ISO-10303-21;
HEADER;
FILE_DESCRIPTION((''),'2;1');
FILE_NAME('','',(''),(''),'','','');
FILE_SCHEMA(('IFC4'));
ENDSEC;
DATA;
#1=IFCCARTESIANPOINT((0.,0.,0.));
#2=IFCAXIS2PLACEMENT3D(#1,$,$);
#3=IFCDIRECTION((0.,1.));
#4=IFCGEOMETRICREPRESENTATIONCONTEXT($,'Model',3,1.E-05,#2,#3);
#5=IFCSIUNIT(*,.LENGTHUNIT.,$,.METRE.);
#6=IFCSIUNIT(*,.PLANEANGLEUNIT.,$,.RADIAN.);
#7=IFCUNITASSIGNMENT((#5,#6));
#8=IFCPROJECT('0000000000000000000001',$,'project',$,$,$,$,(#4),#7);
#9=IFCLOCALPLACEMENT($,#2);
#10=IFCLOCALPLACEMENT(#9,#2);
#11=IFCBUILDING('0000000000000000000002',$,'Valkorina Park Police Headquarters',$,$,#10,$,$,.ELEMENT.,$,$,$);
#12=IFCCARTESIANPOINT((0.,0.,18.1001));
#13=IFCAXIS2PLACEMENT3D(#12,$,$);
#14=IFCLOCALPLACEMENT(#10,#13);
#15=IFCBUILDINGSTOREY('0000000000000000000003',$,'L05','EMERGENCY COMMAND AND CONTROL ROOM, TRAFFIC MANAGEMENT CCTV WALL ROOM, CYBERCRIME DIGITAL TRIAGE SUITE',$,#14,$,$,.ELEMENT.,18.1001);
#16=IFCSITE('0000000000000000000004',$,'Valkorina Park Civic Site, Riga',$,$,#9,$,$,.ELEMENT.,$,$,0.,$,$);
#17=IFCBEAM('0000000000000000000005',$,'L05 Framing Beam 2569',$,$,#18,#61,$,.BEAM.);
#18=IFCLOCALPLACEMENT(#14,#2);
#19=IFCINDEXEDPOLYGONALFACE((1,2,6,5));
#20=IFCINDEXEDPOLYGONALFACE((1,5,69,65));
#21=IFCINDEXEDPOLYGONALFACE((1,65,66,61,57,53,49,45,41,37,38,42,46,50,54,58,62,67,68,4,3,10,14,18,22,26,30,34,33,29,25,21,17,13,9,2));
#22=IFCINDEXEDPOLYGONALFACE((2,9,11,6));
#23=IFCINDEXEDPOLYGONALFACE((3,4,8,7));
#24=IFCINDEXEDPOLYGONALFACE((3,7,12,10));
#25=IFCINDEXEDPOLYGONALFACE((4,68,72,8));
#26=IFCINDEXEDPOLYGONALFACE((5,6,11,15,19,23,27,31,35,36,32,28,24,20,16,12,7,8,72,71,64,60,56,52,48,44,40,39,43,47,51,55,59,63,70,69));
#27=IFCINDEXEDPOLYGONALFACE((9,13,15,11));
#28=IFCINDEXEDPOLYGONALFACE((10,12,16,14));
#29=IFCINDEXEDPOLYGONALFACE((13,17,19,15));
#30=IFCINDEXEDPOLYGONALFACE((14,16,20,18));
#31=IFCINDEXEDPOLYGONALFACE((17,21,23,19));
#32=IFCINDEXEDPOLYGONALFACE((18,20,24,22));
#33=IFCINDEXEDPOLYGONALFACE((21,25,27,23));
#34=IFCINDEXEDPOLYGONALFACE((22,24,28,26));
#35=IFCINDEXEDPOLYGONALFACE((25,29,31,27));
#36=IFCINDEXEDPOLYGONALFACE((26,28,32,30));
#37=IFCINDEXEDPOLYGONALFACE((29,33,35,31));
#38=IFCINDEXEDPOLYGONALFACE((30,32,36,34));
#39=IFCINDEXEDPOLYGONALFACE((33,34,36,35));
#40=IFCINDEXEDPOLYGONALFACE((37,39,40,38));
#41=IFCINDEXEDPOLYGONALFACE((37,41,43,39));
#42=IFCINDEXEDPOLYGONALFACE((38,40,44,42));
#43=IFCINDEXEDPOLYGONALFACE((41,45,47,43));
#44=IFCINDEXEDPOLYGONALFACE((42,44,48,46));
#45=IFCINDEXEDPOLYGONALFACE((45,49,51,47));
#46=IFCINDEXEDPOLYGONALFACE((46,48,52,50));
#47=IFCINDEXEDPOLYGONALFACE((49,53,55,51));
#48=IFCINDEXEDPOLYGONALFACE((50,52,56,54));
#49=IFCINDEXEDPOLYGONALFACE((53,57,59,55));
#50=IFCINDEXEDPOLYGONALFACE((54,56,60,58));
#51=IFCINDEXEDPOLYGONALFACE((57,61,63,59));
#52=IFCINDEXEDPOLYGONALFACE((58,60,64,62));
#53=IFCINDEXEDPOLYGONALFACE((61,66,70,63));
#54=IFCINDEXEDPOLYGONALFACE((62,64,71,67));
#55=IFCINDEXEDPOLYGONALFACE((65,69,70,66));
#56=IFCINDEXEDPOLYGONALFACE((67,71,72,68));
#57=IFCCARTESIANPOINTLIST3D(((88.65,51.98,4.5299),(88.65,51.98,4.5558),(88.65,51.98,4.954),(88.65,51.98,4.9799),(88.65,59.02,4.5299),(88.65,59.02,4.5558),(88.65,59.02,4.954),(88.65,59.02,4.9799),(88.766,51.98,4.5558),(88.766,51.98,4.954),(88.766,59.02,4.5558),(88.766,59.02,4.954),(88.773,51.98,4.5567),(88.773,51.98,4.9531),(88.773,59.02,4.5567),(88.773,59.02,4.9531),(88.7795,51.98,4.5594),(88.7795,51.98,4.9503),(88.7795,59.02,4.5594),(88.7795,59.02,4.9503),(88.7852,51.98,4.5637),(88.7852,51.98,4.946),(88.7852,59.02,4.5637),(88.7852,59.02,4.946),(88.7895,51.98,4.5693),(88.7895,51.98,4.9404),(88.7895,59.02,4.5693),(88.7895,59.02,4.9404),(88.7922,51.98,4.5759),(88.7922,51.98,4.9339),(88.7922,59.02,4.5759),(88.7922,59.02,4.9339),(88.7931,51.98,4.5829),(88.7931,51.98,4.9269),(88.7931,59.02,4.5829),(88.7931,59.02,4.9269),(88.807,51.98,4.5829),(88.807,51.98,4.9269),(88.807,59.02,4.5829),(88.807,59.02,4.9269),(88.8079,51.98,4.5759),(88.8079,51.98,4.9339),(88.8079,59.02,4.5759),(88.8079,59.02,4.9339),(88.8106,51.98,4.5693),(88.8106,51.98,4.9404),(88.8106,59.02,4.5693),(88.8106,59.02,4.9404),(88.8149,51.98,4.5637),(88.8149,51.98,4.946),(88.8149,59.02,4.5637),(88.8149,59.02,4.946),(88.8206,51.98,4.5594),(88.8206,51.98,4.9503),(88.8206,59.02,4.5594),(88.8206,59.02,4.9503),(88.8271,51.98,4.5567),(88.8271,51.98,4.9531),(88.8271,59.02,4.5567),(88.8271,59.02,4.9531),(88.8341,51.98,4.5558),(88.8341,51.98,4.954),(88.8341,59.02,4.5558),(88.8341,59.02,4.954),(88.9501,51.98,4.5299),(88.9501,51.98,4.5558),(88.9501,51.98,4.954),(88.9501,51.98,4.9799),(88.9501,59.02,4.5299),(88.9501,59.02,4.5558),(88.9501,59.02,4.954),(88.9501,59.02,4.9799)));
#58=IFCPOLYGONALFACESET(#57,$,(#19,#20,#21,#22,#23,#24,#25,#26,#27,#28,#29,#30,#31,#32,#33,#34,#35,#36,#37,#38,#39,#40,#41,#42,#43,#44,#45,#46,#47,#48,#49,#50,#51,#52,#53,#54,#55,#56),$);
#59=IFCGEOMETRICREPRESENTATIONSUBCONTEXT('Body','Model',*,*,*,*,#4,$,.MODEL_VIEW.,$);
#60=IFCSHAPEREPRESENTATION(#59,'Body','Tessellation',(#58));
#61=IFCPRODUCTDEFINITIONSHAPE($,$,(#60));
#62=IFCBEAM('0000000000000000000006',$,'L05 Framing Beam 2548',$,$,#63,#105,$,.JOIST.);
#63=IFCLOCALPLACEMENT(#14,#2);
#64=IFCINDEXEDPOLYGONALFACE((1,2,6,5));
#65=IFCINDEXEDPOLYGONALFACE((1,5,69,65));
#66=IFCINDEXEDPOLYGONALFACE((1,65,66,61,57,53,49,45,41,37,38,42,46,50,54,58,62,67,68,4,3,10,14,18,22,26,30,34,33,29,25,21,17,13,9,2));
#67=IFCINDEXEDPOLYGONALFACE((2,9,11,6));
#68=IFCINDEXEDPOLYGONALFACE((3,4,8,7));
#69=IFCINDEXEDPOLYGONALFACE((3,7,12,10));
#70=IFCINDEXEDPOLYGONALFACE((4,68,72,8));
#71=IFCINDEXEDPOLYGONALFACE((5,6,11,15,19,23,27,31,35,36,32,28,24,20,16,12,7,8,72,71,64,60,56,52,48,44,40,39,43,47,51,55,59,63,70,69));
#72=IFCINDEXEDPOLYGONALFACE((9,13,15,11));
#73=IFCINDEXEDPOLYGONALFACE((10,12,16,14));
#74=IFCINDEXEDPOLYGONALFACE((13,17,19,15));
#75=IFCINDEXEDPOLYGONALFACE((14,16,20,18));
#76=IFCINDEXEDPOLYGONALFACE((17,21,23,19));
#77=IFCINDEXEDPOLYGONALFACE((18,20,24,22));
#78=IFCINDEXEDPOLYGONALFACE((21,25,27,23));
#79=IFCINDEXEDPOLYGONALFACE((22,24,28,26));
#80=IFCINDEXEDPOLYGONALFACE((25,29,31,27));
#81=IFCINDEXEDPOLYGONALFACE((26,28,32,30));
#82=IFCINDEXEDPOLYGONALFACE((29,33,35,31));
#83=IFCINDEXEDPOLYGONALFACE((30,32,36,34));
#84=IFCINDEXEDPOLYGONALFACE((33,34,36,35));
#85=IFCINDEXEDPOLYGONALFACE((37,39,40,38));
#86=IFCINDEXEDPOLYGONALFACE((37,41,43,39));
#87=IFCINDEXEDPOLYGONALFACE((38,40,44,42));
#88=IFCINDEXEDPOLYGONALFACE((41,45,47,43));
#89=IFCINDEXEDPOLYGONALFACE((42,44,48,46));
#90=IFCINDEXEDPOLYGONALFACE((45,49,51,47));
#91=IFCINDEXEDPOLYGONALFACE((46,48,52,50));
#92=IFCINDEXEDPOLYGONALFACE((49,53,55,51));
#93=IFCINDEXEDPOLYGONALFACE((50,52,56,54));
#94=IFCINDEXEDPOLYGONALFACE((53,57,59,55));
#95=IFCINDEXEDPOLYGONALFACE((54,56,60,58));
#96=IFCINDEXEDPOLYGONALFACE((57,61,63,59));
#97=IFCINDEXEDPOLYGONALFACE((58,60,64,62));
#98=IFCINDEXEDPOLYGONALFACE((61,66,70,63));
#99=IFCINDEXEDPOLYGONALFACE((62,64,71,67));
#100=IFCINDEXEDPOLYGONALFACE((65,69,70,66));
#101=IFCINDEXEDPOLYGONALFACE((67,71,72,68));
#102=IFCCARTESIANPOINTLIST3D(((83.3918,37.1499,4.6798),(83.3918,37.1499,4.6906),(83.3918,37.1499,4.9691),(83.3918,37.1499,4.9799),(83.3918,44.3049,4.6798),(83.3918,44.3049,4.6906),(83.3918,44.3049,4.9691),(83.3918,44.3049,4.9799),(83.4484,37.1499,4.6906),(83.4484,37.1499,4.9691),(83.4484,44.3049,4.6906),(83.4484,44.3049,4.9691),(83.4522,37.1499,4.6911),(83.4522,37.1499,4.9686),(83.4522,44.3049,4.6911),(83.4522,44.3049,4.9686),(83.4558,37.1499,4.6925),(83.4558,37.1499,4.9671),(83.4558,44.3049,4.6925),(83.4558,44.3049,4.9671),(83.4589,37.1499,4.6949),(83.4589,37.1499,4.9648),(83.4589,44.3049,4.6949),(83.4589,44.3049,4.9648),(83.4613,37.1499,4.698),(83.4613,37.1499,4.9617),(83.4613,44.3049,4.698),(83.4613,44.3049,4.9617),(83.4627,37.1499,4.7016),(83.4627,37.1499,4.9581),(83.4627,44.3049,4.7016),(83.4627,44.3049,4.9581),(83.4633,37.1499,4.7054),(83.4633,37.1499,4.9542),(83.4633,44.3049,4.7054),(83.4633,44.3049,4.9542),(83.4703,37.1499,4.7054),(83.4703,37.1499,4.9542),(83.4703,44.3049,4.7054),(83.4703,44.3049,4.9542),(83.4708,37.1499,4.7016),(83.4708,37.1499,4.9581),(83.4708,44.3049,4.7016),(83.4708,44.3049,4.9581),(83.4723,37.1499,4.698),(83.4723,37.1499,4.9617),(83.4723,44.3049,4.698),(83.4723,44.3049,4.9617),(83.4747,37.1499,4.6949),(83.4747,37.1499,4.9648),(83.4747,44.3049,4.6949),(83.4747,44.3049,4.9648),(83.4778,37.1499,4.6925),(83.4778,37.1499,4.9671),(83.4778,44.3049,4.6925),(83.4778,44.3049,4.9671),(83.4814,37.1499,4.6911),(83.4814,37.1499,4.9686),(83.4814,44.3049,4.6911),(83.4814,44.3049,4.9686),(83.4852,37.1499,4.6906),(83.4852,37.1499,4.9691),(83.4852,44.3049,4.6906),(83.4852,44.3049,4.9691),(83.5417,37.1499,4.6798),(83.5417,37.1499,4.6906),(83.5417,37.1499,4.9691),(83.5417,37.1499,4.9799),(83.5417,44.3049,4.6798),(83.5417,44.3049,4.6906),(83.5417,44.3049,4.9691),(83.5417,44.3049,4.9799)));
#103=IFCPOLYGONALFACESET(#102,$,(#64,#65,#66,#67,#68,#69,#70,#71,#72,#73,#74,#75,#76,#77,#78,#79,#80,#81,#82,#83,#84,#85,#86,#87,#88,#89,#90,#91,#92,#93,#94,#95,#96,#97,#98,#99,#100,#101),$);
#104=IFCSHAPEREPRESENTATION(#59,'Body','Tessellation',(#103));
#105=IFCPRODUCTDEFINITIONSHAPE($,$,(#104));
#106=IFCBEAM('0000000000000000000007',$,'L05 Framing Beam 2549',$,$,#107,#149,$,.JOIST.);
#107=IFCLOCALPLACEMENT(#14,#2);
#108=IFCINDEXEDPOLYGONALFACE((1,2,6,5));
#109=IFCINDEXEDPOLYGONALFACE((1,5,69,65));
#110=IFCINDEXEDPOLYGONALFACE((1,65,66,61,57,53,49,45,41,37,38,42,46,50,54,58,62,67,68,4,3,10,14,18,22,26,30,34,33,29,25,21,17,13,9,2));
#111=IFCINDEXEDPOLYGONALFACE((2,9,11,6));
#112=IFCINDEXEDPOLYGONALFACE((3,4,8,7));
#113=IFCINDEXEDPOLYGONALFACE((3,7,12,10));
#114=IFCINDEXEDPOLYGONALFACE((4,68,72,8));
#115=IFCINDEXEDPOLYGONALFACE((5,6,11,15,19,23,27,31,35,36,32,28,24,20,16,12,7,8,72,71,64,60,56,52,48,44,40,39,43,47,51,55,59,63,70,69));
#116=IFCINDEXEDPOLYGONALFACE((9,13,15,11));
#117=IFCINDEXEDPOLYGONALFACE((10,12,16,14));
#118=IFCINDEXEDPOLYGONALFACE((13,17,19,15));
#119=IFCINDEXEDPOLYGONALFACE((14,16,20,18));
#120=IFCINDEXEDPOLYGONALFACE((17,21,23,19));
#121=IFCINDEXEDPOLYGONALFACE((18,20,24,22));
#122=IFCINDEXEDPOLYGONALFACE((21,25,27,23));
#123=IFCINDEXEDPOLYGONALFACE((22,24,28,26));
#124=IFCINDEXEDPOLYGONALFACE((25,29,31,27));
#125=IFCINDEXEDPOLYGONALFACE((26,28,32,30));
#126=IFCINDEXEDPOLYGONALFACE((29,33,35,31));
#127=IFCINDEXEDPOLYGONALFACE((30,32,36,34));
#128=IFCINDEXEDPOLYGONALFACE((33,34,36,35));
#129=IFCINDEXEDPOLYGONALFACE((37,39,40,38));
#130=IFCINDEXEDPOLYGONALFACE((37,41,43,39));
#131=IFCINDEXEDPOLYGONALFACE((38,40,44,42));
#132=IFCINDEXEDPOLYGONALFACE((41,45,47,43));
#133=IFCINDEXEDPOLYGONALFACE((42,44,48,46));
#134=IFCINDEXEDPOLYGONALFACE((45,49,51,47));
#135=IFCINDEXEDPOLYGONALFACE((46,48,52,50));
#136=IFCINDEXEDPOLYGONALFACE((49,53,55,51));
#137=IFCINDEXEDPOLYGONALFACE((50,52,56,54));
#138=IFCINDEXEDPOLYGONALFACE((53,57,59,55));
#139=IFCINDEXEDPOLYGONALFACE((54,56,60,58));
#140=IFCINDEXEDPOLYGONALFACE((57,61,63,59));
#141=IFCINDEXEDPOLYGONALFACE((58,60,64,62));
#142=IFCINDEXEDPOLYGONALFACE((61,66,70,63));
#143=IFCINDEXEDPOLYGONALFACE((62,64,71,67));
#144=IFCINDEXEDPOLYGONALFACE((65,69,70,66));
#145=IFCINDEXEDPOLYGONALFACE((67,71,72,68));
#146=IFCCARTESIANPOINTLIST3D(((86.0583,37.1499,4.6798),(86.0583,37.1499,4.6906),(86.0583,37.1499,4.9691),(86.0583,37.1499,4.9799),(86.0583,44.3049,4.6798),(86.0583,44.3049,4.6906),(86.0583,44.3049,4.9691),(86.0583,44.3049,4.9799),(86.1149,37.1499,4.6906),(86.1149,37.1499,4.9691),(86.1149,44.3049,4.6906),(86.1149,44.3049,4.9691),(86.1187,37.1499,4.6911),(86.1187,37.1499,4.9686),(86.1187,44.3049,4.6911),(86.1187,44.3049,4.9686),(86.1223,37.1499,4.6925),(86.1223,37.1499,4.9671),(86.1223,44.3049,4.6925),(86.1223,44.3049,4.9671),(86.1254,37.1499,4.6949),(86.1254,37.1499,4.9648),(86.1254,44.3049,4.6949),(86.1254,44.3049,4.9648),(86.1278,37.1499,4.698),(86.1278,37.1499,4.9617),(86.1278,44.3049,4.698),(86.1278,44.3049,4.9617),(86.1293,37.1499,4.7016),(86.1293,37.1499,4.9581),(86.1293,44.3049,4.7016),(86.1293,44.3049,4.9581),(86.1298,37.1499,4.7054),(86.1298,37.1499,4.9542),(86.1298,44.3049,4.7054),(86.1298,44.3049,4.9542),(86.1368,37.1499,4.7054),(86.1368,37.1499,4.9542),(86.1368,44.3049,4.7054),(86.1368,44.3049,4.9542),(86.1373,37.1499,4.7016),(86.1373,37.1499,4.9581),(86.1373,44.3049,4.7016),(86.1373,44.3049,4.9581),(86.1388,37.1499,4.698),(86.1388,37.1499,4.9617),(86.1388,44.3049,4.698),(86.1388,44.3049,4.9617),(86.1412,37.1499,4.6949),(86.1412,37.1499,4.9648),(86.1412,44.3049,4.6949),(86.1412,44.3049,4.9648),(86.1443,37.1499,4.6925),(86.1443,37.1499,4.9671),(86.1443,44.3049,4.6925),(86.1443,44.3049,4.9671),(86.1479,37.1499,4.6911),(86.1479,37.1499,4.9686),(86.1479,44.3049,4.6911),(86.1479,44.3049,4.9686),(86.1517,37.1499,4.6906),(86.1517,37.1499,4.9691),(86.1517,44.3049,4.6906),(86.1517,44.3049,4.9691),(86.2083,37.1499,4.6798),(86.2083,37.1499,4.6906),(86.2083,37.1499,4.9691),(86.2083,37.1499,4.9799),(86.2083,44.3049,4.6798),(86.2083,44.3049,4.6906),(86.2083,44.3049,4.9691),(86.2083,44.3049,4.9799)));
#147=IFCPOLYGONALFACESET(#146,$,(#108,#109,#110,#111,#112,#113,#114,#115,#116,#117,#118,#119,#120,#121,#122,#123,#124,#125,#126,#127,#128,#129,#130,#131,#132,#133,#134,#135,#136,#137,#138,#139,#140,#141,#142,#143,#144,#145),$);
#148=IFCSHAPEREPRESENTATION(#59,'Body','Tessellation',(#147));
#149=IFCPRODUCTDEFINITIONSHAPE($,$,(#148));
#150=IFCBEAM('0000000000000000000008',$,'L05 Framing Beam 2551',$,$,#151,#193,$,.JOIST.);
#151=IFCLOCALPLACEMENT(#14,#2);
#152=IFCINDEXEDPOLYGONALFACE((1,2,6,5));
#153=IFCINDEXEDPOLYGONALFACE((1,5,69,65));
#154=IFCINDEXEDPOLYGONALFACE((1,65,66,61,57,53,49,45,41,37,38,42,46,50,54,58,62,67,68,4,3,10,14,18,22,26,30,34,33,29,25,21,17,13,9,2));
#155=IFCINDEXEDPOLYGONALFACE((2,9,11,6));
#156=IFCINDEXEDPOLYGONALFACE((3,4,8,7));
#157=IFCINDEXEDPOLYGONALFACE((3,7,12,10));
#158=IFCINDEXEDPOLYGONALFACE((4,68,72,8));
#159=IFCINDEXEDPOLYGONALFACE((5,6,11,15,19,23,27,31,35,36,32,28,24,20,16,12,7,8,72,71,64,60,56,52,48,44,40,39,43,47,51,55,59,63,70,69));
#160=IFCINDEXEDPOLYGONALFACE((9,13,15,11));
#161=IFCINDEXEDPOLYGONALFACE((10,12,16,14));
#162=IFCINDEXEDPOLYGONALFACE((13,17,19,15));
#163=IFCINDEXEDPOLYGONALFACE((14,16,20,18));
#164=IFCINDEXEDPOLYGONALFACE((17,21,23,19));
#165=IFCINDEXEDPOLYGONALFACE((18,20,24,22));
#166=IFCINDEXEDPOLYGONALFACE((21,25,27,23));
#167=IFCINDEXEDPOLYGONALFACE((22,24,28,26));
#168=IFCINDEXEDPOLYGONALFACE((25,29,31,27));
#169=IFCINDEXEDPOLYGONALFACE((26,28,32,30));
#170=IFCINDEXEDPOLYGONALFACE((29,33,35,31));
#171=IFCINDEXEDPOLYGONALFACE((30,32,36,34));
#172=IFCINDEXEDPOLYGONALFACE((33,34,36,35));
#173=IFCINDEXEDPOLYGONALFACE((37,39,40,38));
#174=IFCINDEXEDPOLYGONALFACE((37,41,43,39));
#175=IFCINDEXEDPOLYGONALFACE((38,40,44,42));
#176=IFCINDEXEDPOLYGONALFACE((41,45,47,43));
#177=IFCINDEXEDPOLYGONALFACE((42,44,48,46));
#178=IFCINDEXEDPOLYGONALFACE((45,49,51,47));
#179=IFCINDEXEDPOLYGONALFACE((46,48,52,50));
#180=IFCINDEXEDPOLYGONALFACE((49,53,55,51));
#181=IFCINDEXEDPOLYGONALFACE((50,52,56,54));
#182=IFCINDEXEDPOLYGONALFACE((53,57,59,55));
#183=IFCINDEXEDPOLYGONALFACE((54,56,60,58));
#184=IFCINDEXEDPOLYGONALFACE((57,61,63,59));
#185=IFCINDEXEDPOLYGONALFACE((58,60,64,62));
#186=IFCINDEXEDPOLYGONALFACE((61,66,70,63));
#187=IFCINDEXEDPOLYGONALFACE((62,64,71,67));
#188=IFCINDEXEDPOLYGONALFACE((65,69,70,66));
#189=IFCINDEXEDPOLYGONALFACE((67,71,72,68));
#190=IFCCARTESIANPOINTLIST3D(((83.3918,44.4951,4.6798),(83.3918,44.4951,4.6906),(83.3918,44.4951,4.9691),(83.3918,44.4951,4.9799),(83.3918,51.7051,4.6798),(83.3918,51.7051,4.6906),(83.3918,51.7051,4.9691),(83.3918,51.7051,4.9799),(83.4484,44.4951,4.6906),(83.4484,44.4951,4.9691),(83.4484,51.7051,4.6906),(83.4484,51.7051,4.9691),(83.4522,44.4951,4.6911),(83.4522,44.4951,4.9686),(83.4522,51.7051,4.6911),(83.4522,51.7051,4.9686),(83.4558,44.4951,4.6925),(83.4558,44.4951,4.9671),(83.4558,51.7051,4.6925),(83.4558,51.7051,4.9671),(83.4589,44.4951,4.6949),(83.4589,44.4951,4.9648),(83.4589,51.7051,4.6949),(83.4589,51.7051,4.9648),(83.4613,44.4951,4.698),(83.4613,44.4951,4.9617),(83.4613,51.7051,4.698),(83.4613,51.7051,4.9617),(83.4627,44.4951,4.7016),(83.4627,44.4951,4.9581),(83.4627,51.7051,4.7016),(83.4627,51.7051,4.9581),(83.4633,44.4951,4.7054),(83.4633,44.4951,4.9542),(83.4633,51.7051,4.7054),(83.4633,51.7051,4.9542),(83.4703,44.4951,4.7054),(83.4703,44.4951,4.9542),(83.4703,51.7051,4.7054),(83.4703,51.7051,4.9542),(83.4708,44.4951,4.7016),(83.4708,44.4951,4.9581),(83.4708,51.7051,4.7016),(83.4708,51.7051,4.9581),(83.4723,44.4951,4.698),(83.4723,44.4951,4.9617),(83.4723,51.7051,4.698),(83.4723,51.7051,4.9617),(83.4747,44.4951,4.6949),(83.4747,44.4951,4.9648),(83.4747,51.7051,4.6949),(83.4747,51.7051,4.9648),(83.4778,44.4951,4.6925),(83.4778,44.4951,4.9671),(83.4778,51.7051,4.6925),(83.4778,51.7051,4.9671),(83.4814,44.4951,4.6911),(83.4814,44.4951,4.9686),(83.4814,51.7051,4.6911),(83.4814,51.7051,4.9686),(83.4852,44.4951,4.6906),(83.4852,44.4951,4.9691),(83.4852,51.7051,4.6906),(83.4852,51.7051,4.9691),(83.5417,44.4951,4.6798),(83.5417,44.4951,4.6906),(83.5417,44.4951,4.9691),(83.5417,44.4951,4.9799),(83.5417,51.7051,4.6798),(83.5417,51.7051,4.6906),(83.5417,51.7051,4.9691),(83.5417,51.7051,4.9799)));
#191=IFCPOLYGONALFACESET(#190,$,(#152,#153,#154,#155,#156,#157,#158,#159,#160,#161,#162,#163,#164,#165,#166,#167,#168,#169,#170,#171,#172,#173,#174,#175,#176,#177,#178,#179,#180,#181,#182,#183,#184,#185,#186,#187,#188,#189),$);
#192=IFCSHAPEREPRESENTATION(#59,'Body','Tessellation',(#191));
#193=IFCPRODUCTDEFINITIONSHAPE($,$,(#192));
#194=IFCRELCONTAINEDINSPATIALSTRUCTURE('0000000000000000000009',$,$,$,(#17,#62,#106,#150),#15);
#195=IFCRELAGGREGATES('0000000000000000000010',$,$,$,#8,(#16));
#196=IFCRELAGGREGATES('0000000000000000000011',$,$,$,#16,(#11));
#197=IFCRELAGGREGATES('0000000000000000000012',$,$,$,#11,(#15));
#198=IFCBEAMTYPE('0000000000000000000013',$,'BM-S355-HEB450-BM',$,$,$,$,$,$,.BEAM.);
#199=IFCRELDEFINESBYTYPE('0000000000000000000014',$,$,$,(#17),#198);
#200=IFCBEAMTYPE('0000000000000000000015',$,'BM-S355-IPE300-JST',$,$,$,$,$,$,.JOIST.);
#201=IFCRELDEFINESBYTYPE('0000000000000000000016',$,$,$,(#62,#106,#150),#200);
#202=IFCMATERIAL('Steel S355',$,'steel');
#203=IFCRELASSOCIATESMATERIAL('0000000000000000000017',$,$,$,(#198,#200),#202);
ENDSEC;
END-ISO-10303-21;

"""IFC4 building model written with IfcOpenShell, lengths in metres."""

from ifc_helpers import new_model, si_unit, direction, frame, origin, origin_2d, place, context, subcontext, project, spatial, i_section, extrude, material, material_profile, profile_set, type_object, element, save


model = new_model("IFC4")

# Units and contexts
model_context = context("Model", 3, precision=1e-05, world=origin(), true_north=direction((0.0, 1.0)))
body_context = subcontext(model_context, "Body", "Model", "MODEL_VIEW")
ifc_project = project(units=[si_unit("LENGTHUNIT", "METRE"), si_unit("PLANEANGLEUNIT", "RADIAN")], contexts=[model_context])

# Site, building, storey
site_placement = place(None, origin())
site = spatial("IfcSite", under=ifc_project, at=site_placement, Name="Valkorina Park Civic Site, Riga", CompositionType="ELEMENT", RefElevation=0.0)
building_placement = place(site_placement, origin())
building = spatial("IfcBuilding", under=site, at=building_placement, Name="Valkorina Park Police Headquarters", CompositionType="ELEMENT")
storey_placement = place(building_placement, frame((0.0, 0.0, 18.1001)))
storey = spatial("IfcBuildingStorey", under=building, at=storey_placement, Name="L05", Description="EMERGENCY COMMAND AND CONTROL ROOM, TRAFFIC MANAGEMENT CCTV WALL ROOM, CYBERCRIME DIGITAL TRIAGE SUITE", CompositionType="ELEMENT", Elevation=18.1001)

# Shared definitions
ifc_material_1 = material(Name="Steel S355", Category="steel")

# Beams
ifc_material_profile_1 = material_profile(ifc_material_1, i_section(OverallWidth=0.3, OverallDepth=0.45, WebThickness=0.0139, FlangeThickness=0.0259, FilletRadius=0.0271, at=origin_2d()), Name="HEB 450")
ifc_profile_set_1 = profile_set([ifc_material_profile_1], Name="Steel S355")
beam_type_1 = type_object("IfcBeamType", Name="BM-S355-HEB450-BM", PredefinedType="BEAM", material=ifc_profile_set_1)
for number, where, z_axis, x_axis, name in (
    (1, (88.8, 51.98, 4.7549), (0.0, 1.0, 0.0), (-1.0, 0.0, 0.0), "L05 Framing Beam 2569"),
):
    element("IfcBeam", number, at=place(storey_placement, frame(where, z_axis=z_axis, x_axis=x_axis)), inside=storey, type_object=beam_type_1, Name=name, PredefinedType="BEAM", context=body_context, shape_type="SweptSolid", body=[
        extrude(i_section(OverallWidth=0.3, OverallDepth=0.45, WebThickness=0.0139, FlangeThickness=0.0259, FilletRadius=0.0271, at=origin_2d()), origin(), (0.0, 0.0, 1.0), 7.04),
    ])
ifc_material_profile_2 = material_profile(ifc_material_1, i_section(OverallWidth=0.1499, OverallDepth=0.3, WebThickness=0.0071, FlangeThickness=0.0107, FilletRadius=0.0149, at=origin_2d()), Name="IPE 300")
ifc_profile_set_2 = profile_set([ifc_material_profile_2], Name="Steel S355")
beam_type_2 = type_object("IfcBeamType", Name="BM-S355-IPE300-JST", PredefinedType="JOIST", material=ifc_profile_set_2)
for number, where, z_axis, x_axis, name in (
    (2, (83.4668, 37.1499, 4.8298), (0.0, 1.0, 0.0), (-1.0, 0.0, 0.0), "L05 Framing Beam 2548"),
    (3, (86.1333, 37.1499, 4.8298), (0.0, 1.0, 0.0), (-1.0, 0.0, 0.0), "L05 Framing Beam 2549"),
):
    element("IfcBeam", number, at=place(storey_placement, frame(where, z_axis=z_axis, x_axis=x_axis)), inside=storey, type_object=beam_type_2, Name=name, PredefinedType="JOIST", context=body_context, shape_type="SweptSolid", body=[
        extrude(i_section(OverallWidth=0.1499, OverallDepth=0.3, WebThickness=0.0071, FlangeThickness=0.0107, FilletRadius=0.0149, at=origin_2d()), origin(), (0.0, 0.0, 1.0), 7.155),
    ])
for number, where, z_axis, x_axis, name in (
    (4, (83.4668, 44.4951, 4.8298), (0.0, 1.0, 0.0), (-1.0, 0.0, 0.0), "L05 Framing Beam 2551"),
):
    element("IfcBeam", number, at=place(storey_placement, frame(where, z_axis=z_axis, x_axis=x_axis)), inside=storey, type_object=beam_type_2, Name=name, PredefinedType="JOIST", context=body_context, shape_type="SweptSolid", body=[
        extrude(i_section(OverallWidth=0.1499, OverallDepth=0.3, WebThickness=0.0071, FlangeThickness=0.0107, FilletRadius=0.0149, at=origin_2d()), origin(), (0.0, 0.0, 1.0), 7.21),
    ])

save(model, "model.ifc")
